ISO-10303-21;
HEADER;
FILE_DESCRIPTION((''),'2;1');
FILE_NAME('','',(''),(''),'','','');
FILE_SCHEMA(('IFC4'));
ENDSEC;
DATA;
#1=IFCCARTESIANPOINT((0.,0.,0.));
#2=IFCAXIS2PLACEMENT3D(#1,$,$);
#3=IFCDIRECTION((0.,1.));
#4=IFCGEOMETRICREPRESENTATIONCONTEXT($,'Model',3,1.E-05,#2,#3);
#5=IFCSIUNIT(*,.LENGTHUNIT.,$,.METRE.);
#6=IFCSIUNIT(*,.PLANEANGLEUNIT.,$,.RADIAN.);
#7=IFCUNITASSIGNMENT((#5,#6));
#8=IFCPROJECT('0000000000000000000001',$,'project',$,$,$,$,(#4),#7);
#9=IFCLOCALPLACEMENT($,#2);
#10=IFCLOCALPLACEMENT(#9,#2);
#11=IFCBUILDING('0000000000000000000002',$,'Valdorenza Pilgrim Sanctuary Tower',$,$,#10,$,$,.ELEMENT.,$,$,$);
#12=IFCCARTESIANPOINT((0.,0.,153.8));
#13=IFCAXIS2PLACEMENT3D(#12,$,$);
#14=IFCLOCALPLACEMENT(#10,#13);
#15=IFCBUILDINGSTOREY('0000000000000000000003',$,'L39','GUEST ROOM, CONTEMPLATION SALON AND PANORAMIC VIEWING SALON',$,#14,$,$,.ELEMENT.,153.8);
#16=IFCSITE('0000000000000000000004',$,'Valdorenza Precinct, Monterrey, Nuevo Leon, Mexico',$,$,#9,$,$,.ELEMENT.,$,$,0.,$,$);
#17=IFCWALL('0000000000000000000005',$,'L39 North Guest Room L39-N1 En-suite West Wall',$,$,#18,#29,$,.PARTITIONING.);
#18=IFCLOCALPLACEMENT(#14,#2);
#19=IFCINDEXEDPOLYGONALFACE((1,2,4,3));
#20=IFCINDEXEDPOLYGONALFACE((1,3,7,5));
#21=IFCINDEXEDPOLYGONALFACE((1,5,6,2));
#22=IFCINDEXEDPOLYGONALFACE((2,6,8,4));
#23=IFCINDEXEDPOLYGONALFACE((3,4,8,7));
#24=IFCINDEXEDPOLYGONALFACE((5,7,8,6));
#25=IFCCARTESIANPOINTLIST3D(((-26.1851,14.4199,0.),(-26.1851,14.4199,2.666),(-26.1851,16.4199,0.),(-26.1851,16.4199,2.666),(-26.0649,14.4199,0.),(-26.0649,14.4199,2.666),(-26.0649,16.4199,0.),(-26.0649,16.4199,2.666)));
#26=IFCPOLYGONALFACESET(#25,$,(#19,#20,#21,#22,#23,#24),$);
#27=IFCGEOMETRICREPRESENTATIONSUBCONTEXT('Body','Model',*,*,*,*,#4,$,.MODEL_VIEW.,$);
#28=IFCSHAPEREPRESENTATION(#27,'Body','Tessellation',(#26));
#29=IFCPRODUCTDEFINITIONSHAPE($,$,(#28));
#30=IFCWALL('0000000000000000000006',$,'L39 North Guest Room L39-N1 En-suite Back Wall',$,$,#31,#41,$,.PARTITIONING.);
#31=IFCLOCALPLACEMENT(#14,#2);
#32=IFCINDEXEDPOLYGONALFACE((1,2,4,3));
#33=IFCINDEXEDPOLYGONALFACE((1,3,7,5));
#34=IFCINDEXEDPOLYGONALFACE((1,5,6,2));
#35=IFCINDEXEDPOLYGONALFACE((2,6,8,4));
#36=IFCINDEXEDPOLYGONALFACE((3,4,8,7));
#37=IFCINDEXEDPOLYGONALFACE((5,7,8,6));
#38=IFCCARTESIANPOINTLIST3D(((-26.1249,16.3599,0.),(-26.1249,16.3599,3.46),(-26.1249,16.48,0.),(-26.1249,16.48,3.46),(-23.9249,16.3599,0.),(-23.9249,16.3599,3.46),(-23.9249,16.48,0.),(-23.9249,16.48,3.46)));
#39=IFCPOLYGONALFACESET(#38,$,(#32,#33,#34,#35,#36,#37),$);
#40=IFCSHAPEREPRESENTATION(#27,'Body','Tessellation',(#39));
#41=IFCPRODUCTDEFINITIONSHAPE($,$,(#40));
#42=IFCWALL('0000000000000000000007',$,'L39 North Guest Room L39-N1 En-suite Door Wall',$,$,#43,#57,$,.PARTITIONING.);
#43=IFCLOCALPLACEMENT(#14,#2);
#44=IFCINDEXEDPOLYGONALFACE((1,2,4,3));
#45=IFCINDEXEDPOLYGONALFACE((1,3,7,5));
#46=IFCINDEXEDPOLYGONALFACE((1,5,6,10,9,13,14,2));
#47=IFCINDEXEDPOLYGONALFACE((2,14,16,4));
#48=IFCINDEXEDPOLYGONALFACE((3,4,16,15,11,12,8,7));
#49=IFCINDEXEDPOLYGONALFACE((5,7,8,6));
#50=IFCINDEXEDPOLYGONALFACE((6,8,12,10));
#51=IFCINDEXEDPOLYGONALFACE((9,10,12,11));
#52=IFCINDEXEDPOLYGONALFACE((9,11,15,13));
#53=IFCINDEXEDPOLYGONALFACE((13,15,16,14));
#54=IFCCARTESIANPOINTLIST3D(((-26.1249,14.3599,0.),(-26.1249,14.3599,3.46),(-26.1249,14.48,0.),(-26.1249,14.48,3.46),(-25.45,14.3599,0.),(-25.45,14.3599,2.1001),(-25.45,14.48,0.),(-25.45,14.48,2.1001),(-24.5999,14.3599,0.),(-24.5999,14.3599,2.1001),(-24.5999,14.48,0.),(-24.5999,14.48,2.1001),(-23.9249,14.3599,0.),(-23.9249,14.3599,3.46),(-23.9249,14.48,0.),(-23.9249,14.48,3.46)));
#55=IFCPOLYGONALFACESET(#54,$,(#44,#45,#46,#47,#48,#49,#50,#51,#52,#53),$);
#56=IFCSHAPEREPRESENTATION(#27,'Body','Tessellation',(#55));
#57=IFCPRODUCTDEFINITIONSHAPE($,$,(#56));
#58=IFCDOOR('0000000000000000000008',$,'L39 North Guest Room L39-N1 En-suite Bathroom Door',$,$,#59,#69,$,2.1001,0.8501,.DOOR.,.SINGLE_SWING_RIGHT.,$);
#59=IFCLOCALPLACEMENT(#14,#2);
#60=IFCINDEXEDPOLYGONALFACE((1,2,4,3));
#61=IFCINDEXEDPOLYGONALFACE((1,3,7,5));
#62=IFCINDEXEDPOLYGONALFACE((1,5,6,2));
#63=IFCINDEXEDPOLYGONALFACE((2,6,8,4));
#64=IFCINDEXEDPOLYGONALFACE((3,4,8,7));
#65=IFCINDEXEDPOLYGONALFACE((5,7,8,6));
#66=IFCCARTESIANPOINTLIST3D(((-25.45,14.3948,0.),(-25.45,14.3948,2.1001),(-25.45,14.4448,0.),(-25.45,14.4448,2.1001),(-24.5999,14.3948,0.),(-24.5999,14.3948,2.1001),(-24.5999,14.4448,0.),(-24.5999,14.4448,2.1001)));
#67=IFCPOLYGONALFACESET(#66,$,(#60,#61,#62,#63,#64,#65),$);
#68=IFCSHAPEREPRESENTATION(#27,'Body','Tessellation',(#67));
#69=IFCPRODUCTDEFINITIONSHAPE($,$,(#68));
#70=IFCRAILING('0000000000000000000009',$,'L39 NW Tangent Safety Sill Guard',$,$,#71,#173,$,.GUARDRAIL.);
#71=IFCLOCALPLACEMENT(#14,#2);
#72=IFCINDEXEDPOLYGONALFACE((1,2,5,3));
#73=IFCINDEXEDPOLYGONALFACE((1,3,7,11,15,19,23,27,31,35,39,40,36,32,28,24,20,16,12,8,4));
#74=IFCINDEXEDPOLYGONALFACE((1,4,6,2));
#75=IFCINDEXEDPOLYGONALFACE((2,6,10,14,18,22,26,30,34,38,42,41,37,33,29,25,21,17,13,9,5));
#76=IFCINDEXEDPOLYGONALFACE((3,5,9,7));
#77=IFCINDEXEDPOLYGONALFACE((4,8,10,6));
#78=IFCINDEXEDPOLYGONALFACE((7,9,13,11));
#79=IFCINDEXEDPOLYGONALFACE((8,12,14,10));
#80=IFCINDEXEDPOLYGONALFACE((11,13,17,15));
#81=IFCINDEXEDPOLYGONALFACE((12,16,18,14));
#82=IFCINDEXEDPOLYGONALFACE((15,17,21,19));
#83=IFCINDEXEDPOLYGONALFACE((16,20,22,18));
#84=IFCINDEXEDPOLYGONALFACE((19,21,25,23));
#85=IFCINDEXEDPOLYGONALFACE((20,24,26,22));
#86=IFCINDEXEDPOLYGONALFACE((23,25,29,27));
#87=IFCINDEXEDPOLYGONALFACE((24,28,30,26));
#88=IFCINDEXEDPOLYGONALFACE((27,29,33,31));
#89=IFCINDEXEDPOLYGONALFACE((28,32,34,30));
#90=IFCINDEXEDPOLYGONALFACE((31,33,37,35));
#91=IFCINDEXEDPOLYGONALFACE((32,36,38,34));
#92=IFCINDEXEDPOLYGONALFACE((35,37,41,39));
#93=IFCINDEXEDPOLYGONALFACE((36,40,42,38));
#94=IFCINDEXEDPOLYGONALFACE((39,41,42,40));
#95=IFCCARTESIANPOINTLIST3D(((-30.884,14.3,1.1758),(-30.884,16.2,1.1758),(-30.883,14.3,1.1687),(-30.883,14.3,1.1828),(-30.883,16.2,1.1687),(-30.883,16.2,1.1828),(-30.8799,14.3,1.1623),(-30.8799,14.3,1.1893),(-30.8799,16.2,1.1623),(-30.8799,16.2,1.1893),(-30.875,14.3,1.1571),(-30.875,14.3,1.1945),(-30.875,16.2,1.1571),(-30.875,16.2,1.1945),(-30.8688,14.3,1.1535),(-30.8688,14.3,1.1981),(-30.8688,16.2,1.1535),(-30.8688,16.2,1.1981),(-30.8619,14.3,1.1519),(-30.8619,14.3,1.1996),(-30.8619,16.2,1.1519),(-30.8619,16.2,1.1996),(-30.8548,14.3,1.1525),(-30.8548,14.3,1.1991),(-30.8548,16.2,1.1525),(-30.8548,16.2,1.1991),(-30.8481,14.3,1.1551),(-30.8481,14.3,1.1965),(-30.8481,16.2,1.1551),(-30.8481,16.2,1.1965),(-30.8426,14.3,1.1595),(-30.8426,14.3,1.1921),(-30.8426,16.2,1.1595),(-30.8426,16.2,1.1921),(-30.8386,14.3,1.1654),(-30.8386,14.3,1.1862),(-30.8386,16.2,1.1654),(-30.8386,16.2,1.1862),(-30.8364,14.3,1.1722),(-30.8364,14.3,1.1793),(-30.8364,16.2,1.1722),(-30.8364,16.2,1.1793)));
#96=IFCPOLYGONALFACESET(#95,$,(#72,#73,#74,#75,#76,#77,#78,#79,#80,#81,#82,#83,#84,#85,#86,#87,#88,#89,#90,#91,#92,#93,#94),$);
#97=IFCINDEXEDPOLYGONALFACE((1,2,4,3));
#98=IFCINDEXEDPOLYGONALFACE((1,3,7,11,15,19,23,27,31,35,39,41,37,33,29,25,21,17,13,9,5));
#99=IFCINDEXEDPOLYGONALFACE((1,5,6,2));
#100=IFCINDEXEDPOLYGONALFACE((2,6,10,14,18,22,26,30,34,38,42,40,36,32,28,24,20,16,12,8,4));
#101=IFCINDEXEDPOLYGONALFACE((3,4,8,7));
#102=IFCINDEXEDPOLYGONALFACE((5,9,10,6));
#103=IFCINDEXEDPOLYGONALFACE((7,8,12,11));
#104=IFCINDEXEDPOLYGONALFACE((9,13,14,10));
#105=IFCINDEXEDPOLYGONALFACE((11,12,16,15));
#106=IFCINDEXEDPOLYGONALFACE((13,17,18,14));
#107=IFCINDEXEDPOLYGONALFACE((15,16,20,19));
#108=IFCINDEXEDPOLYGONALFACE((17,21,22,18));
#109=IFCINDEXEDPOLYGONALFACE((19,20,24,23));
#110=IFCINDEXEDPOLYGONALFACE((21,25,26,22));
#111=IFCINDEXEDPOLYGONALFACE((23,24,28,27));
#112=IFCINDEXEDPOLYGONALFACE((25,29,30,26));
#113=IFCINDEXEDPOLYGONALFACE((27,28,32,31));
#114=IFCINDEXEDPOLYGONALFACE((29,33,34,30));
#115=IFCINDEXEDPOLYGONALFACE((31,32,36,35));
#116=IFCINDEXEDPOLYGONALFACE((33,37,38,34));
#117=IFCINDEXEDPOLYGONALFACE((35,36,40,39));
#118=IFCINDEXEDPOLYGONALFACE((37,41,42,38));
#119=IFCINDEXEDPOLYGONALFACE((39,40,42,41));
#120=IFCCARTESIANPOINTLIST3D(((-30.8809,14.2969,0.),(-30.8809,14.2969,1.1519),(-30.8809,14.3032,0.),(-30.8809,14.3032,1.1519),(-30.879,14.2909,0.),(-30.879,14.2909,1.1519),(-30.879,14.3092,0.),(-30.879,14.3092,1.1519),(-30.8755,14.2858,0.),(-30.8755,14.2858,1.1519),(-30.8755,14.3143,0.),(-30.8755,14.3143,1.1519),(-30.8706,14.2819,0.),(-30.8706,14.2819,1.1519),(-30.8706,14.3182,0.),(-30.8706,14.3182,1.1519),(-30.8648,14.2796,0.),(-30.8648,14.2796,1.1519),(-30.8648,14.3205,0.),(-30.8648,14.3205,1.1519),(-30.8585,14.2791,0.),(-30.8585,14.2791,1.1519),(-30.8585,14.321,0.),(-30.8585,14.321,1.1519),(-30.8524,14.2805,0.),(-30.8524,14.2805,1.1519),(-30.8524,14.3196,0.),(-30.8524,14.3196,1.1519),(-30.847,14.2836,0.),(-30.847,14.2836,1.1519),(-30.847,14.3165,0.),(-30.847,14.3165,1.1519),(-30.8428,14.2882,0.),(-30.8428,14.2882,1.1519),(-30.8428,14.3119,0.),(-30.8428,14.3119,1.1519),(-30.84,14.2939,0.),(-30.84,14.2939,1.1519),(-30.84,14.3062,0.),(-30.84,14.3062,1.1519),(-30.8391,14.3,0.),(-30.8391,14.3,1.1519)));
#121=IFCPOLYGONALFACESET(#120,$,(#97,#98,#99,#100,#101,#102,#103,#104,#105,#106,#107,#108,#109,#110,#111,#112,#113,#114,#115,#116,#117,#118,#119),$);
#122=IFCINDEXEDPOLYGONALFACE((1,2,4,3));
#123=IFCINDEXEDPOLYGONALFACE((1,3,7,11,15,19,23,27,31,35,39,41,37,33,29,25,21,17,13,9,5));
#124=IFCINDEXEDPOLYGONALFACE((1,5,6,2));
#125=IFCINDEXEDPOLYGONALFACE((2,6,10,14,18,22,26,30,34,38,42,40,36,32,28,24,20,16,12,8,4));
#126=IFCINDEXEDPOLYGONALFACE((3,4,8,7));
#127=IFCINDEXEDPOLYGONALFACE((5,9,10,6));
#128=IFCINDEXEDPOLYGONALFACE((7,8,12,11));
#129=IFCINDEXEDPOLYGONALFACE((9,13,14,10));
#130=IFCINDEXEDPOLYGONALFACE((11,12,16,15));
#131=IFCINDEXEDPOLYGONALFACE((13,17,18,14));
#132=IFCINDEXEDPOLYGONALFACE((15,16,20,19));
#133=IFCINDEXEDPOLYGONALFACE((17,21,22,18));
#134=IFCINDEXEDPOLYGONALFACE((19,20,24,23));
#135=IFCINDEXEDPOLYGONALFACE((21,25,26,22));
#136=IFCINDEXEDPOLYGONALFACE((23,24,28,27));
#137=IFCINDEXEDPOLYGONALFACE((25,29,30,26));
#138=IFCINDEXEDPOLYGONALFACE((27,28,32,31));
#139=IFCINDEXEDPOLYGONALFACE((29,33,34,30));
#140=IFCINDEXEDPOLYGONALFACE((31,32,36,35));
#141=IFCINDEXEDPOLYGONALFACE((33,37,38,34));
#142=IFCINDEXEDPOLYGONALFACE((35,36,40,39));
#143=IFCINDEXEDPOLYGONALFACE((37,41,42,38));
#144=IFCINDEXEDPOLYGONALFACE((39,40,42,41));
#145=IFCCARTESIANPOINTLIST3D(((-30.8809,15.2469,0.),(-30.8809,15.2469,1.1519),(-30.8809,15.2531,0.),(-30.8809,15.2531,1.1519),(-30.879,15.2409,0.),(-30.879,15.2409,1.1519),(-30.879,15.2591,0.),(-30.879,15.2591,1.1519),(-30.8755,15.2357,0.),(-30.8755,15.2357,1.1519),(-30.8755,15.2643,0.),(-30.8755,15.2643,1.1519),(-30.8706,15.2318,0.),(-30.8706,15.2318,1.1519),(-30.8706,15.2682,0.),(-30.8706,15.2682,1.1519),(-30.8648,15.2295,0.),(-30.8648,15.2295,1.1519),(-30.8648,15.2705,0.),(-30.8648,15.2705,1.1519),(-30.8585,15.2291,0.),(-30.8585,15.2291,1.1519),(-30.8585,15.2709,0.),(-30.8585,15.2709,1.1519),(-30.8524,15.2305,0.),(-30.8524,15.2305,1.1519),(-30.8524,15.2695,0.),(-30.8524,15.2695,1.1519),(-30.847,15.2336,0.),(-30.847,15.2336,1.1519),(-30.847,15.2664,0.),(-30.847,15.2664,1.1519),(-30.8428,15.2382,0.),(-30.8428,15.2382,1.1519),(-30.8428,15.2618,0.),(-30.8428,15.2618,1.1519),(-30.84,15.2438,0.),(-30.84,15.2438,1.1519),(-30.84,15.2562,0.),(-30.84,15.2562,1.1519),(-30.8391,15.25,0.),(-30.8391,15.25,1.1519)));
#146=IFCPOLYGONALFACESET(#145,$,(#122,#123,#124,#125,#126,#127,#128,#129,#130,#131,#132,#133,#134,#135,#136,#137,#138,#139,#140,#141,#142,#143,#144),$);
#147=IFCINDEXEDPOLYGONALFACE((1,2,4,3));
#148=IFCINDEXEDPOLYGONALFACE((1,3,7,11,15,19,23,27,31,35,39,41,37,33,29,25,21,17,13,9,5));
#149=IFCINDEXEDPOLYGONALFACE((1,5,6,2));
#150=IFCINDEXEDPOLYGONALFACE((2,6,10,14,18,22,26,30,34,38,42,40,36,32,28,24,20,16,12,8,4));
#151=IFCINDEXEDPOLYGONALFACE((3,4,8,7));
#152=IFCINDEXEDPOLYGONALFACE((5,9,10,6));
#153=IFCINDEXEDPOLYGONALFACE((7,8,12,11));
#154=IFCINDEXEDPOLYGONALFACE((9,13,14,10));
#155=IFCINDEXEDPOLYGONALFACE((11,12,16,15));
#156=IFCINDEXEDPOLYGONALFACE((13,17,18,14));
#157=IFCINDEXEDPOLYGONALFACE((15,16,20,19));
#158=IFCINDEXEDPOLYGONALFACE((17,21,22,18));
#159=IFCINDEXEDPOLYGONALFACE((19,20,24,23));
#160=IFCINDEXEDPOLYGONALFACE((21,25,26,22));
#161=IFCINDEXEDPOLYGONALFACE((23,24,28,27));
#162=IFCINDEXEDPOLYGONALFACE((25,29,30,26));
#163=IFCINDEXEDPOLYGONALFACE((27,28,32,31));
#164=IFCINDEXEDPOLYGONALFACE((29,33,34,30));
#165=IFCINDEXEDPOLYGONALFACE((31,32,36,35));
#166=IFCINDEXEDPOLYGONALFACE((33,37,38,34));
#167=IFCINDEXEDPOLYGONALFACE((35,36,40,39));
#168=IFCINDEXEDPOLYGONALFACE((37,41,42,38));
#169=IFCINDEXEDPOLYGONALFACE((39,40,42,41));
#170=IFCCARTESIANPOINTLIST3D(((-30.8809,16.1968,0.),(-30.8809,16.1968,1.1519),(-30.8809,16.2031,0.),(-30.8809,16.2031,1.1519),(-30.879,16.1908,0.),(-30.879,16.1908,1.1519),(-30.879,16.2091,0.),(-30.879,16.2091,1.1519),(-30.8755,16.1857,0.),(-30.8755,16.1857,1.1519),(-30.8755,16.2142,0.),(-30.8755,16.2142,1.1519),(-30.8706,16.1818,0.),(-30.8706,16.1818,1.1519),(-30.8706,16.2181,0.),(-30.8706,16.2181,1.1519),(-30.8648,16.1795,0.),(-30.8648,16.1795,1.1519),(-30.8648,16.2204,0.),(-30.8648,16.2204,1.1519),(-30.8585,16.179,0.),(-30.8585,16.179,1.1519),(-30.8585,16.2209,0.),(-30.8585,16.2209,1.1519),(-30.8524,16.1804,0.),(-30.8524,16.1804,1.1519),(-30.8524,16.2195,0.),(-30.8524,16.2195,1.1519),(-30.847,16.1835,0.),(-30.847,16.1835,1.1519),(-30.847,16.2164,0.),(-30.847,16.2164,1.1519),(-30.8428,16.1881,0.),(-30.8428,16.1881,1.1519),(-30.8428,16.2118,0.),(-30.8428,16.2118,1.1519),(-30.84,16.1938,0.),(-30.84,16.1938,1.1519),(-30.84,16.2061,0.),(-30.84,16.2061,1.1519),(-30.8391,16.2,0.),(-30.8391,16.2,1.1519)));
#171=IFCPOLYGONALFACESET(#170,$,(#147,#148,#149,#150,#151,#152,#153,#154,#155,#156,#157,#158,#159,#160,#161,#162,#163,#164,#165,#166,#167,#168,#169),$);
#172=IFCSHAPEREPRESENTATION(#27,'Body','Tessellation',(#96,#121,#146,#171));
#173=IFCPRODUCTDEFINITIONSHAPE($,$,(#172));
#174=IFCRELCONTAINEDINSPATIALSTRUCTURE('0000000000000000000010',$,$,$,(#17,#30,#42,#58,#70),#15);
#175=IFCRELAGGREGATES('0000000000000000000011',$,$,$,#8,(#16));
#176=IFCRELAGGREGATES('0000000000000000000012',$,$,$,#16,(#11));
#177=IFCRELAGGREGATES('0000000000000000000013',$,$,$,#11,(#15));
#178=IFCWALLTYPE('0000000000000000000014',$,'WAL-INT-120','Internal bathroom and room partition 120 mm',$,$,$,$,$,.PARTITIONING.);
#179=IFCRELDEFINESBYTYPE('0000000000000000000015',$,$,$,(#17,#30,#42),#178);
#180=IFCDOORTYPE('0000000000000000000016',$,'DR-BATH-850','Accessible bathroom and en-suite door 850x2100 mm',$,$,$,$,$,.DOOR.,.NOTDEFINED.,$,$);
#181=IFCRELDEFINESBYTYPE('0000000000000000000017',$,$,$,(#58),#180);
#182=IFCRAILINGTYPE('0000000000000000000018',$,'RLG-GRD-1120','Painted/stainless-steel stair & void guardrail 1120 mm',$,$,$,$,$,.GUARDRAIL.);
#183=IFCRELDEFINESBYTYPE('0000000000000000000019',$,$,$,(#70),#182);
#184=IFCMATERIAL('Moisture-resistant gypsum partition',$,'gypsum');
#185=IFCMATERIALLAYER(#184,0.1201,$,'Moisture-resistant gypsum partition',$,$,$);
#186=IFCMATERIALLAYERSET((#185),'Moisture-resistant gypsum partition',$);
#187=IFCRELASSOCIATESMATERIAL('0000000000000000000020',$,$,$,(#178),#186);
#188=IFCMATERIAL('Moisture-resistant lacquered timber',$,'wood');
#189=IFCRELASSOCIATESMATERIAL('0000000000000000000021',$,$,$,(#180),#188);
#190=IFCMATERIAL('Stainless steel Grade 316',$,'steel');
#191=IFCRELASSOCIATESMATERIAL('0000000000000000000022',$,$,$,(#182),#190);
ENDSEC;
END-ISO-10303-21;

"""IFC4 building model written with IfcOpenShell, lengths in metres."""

from ifc_helpers import new_model, si_unit, direction, frame, frame_2d, origin, origin_2d, place, context, subcontext, project, spatial, rectangle, circle, extrude, material, layer, layer_set, type_object, element, fill, save


model = new_model("IFC4")

# Units and contexts
model_context = context("Model", 3, precision=1e-05, world=origin(), true_north=direction((0.0, 1.0)))
body_context = subcontext(model_context, "Body", "Model", "MODEL_VIEW")
ifc_project = project(units=[si_unit("LENGTHUNIT", "METRE"), si_unit("PLANEANGLEUNIT", "RADIAN")], contexts=[model_context])

# Site, building, storey
site_placement = place(None, origin())
site = spatial("IfcSite", under=ifc_project, at=site_placement, Name="Valdorenza Precinct, Monterrey, Nuevo Leon, Mexico", CompositionType="ELEMENT", RefElevation=0.0)
building_placement = place(site_placement, origin())
building = spatial("IfcBuilding", under=site, at=building_placement, Name="Valdorenza Pilgrim Sanctuary Tower", CompositionType="ELEMENT")
storey_placement = place(building_placement, frame((0.0, 0.0, 153.8)))
storey = spatial("IfcBuildingStorey", under=building, at=storey_placement, Name="L39", Description="GUEST ROOM, CONTEMPLATION SALON AND PANORAMIC VIEWING SALON", CompositionType="ELEMENT", Elevation=153.8)

# Walls
ifc_material_1 = material(Name="Moisture-resistant gypsum partition", Category="gypsum")
ifc_layer_1 = layer(ifc_material_1, 0.1201, Name="Moisture-resistant gypsum partition")
ifc_layer_set_1 = layer_set([ifc_layer_1], Name="Moisture-resistant gypsum partition")
wall_type_1 = type_object("IfcWallType", Name="WAL-INT-120", Description="Internal bathroom and room partition 120 mm", PredefinedType="PARTITIONING", material=ifc_layer_set_1)
wall_1_placement = place(storey_placement, frame((-26.125, 14.4199, 0.0), z_axis=(0.0, 0.0, 1.0), x_axis=(0.0, 1.0, 0.0)))
element("IfcWall", 1, at=wall_1_placement, inside=storey, type_object=wall_type_1, Name="L39 North Guest Room L39-N1 En-suite West Wall", PredefinedType="PARTITIONING", context=body_context, shape_type="SweptSolid", body=[
    extrude(rectangle(XDim=2.0, YDim=0.1201, at=frame_2d((1.0, 0.0))), origin(), (0.0, 0.0, 1.0), 2.666),
])
wall_2_placement = place(storey_placement, frame((-26.125, 16.4199, 0.0), z_axis=(0.0, 0.0, 1.0), x_axis=(1.0, 0.0, 0.0)))
element("IfcWall", 2, at=wall_2_placement, inside=storey, type_object=wall_type_1, Name="L39 North Guest Room L39-N1 En-suite Back Wall", PredefinedType="PARTITIONING", context=body_context, shape_type="SweptSolid", body=[
    extrude(rectangle(XDim=2.2, YDim=0.1201, at=frame_2d((1.1001, 0.0))), origin(), (0.0, 0.0, 1.0), 3.46),
])

# Wall, opening, door
wall_3_placement = place(storey_placement, frame((-26.125, 14.4199, 0.0), z_axis=(0.0, 0.0, 1.0), x_axis=(1.0, 0.0, 0.0)))
wall_3 = element("IfcWall", 3, at=wall_3_placement, inside=storey, type_object=wall_type_1, Name="L39 North Guest Room L39-N1 En-suite Door Wall", PredefinedType="PARTITIONING", context=body_context, shape_type="SweptSolid", body=[
    extrude(rectangle(XDim=2.2, YDim=0.1201, at=frame_2d((1.1001, 0.0))), origin(), (0.0, 0.0, 1.0), 3.46),
])
opening_1_placement = place(wall_3_placement, frame((0.675, 0.0, 0.0)))
opening_1 = element("IfcOpeningElement", 4, at=opening_1_placement, cuts=wall_3, PredefinedType="OPENING", context=body_context, shape_type="SweptSolid", body=[
    extrude(rectangle(XDim=0.8501, YDim=2.1001, at=frame_2d((0.425, 1.05))), frame((0.0, 0.075, 0.0), z_axis=(0.0, -1.0, 0.0), x_axis=(1.0, 0.0, 0.0)), (0.0, 0.0, 1.0), 0.1499),
])
ifc_material_2 = material(Name="Moisture-resistant lacquered timber", Category="wood")
door_type_1 = type_object("IfcDoorType", Name="DR-BATH-850", Description="Accessible bathroom and en-suite door 850x2100 mm", OperationType="NOTDEFINED", PredefinedType="DOOR", material=ifc_material_2)
door_1_placement = place(opening_1_placement, origin())
door_1 = element("IfcDoor", 5, at=door_1_placement, inside=storey, type_object=door_type_1, Name="L39 North Guest Room L39-N1 En-suite Bathroom Door", OperationType="SINGLE_SWING_RIGHT", OverallHeight=2.1001, OverallWidth=0.8501, PredefinedType="DOOR", context=body_context, shape_type="SweptSolid", body=[
    extrude(rectangle(XDim=0.8501, YDim=2.1001, at=frame_2d((0.425, 1.05))), frame((0.0, 0.0249, 0.0), z_axis=(0.0, -1.0, 0.0), x_axis=(1.0, 0.0, 0.0)), (0.0, 0.0, 1.0), 0.05),
])
fill(opening_1, door_1)

# Railing
ifc_material_3 = material(Name="Stainless steel Grade 316", Category="steel")
railing_type = type_object("IfcRailingType", Name="RLG-GRD-1120", Description="Painted/stainless-steel stair & void guardrail 1120 mm", PredefinedType="GUARDRAIL", material=ifc_material_3)
railing_placement = place(storey_placement, frame((-30.8601, 14.3, 0.0)))
element("IfcRailing", 6, at=railing_placement, inside=storey, type_object=railing_type, Name="L39 NW Tangent Safety Sill Guard", PredefinedType="GUARDRAIL", context=body_context, shape_type="SweptSolid", body=[
    extrude(circle(Radius=0.0239, at=origin_2d()), frame((0.0, 0.0, 1.1758), z_axis=(0.0, 1.0, 0.0), x_axis=(-1.0, 0.0, 0.0)), (0.0, 0.0, 1.0), 1.8999),
    extrude(circle(Radius=0.021, at=origin_2d()), origin(), (0.0, 0.0, 1.0), 1.1519),
    extrude(circle(Radius=0.021, at=origin_2d()), frame((0.0, 0.95, 0.0)), (0.0, 0.0, 1.0), 1.1519),
    extrude(circle(Radius=0.021, at=origin_2d()), frame((0.0, 1.8999, 0.0)), (0.0, 0.0, 1.0), 1.1519),
])

save(model, "model.ifc")
